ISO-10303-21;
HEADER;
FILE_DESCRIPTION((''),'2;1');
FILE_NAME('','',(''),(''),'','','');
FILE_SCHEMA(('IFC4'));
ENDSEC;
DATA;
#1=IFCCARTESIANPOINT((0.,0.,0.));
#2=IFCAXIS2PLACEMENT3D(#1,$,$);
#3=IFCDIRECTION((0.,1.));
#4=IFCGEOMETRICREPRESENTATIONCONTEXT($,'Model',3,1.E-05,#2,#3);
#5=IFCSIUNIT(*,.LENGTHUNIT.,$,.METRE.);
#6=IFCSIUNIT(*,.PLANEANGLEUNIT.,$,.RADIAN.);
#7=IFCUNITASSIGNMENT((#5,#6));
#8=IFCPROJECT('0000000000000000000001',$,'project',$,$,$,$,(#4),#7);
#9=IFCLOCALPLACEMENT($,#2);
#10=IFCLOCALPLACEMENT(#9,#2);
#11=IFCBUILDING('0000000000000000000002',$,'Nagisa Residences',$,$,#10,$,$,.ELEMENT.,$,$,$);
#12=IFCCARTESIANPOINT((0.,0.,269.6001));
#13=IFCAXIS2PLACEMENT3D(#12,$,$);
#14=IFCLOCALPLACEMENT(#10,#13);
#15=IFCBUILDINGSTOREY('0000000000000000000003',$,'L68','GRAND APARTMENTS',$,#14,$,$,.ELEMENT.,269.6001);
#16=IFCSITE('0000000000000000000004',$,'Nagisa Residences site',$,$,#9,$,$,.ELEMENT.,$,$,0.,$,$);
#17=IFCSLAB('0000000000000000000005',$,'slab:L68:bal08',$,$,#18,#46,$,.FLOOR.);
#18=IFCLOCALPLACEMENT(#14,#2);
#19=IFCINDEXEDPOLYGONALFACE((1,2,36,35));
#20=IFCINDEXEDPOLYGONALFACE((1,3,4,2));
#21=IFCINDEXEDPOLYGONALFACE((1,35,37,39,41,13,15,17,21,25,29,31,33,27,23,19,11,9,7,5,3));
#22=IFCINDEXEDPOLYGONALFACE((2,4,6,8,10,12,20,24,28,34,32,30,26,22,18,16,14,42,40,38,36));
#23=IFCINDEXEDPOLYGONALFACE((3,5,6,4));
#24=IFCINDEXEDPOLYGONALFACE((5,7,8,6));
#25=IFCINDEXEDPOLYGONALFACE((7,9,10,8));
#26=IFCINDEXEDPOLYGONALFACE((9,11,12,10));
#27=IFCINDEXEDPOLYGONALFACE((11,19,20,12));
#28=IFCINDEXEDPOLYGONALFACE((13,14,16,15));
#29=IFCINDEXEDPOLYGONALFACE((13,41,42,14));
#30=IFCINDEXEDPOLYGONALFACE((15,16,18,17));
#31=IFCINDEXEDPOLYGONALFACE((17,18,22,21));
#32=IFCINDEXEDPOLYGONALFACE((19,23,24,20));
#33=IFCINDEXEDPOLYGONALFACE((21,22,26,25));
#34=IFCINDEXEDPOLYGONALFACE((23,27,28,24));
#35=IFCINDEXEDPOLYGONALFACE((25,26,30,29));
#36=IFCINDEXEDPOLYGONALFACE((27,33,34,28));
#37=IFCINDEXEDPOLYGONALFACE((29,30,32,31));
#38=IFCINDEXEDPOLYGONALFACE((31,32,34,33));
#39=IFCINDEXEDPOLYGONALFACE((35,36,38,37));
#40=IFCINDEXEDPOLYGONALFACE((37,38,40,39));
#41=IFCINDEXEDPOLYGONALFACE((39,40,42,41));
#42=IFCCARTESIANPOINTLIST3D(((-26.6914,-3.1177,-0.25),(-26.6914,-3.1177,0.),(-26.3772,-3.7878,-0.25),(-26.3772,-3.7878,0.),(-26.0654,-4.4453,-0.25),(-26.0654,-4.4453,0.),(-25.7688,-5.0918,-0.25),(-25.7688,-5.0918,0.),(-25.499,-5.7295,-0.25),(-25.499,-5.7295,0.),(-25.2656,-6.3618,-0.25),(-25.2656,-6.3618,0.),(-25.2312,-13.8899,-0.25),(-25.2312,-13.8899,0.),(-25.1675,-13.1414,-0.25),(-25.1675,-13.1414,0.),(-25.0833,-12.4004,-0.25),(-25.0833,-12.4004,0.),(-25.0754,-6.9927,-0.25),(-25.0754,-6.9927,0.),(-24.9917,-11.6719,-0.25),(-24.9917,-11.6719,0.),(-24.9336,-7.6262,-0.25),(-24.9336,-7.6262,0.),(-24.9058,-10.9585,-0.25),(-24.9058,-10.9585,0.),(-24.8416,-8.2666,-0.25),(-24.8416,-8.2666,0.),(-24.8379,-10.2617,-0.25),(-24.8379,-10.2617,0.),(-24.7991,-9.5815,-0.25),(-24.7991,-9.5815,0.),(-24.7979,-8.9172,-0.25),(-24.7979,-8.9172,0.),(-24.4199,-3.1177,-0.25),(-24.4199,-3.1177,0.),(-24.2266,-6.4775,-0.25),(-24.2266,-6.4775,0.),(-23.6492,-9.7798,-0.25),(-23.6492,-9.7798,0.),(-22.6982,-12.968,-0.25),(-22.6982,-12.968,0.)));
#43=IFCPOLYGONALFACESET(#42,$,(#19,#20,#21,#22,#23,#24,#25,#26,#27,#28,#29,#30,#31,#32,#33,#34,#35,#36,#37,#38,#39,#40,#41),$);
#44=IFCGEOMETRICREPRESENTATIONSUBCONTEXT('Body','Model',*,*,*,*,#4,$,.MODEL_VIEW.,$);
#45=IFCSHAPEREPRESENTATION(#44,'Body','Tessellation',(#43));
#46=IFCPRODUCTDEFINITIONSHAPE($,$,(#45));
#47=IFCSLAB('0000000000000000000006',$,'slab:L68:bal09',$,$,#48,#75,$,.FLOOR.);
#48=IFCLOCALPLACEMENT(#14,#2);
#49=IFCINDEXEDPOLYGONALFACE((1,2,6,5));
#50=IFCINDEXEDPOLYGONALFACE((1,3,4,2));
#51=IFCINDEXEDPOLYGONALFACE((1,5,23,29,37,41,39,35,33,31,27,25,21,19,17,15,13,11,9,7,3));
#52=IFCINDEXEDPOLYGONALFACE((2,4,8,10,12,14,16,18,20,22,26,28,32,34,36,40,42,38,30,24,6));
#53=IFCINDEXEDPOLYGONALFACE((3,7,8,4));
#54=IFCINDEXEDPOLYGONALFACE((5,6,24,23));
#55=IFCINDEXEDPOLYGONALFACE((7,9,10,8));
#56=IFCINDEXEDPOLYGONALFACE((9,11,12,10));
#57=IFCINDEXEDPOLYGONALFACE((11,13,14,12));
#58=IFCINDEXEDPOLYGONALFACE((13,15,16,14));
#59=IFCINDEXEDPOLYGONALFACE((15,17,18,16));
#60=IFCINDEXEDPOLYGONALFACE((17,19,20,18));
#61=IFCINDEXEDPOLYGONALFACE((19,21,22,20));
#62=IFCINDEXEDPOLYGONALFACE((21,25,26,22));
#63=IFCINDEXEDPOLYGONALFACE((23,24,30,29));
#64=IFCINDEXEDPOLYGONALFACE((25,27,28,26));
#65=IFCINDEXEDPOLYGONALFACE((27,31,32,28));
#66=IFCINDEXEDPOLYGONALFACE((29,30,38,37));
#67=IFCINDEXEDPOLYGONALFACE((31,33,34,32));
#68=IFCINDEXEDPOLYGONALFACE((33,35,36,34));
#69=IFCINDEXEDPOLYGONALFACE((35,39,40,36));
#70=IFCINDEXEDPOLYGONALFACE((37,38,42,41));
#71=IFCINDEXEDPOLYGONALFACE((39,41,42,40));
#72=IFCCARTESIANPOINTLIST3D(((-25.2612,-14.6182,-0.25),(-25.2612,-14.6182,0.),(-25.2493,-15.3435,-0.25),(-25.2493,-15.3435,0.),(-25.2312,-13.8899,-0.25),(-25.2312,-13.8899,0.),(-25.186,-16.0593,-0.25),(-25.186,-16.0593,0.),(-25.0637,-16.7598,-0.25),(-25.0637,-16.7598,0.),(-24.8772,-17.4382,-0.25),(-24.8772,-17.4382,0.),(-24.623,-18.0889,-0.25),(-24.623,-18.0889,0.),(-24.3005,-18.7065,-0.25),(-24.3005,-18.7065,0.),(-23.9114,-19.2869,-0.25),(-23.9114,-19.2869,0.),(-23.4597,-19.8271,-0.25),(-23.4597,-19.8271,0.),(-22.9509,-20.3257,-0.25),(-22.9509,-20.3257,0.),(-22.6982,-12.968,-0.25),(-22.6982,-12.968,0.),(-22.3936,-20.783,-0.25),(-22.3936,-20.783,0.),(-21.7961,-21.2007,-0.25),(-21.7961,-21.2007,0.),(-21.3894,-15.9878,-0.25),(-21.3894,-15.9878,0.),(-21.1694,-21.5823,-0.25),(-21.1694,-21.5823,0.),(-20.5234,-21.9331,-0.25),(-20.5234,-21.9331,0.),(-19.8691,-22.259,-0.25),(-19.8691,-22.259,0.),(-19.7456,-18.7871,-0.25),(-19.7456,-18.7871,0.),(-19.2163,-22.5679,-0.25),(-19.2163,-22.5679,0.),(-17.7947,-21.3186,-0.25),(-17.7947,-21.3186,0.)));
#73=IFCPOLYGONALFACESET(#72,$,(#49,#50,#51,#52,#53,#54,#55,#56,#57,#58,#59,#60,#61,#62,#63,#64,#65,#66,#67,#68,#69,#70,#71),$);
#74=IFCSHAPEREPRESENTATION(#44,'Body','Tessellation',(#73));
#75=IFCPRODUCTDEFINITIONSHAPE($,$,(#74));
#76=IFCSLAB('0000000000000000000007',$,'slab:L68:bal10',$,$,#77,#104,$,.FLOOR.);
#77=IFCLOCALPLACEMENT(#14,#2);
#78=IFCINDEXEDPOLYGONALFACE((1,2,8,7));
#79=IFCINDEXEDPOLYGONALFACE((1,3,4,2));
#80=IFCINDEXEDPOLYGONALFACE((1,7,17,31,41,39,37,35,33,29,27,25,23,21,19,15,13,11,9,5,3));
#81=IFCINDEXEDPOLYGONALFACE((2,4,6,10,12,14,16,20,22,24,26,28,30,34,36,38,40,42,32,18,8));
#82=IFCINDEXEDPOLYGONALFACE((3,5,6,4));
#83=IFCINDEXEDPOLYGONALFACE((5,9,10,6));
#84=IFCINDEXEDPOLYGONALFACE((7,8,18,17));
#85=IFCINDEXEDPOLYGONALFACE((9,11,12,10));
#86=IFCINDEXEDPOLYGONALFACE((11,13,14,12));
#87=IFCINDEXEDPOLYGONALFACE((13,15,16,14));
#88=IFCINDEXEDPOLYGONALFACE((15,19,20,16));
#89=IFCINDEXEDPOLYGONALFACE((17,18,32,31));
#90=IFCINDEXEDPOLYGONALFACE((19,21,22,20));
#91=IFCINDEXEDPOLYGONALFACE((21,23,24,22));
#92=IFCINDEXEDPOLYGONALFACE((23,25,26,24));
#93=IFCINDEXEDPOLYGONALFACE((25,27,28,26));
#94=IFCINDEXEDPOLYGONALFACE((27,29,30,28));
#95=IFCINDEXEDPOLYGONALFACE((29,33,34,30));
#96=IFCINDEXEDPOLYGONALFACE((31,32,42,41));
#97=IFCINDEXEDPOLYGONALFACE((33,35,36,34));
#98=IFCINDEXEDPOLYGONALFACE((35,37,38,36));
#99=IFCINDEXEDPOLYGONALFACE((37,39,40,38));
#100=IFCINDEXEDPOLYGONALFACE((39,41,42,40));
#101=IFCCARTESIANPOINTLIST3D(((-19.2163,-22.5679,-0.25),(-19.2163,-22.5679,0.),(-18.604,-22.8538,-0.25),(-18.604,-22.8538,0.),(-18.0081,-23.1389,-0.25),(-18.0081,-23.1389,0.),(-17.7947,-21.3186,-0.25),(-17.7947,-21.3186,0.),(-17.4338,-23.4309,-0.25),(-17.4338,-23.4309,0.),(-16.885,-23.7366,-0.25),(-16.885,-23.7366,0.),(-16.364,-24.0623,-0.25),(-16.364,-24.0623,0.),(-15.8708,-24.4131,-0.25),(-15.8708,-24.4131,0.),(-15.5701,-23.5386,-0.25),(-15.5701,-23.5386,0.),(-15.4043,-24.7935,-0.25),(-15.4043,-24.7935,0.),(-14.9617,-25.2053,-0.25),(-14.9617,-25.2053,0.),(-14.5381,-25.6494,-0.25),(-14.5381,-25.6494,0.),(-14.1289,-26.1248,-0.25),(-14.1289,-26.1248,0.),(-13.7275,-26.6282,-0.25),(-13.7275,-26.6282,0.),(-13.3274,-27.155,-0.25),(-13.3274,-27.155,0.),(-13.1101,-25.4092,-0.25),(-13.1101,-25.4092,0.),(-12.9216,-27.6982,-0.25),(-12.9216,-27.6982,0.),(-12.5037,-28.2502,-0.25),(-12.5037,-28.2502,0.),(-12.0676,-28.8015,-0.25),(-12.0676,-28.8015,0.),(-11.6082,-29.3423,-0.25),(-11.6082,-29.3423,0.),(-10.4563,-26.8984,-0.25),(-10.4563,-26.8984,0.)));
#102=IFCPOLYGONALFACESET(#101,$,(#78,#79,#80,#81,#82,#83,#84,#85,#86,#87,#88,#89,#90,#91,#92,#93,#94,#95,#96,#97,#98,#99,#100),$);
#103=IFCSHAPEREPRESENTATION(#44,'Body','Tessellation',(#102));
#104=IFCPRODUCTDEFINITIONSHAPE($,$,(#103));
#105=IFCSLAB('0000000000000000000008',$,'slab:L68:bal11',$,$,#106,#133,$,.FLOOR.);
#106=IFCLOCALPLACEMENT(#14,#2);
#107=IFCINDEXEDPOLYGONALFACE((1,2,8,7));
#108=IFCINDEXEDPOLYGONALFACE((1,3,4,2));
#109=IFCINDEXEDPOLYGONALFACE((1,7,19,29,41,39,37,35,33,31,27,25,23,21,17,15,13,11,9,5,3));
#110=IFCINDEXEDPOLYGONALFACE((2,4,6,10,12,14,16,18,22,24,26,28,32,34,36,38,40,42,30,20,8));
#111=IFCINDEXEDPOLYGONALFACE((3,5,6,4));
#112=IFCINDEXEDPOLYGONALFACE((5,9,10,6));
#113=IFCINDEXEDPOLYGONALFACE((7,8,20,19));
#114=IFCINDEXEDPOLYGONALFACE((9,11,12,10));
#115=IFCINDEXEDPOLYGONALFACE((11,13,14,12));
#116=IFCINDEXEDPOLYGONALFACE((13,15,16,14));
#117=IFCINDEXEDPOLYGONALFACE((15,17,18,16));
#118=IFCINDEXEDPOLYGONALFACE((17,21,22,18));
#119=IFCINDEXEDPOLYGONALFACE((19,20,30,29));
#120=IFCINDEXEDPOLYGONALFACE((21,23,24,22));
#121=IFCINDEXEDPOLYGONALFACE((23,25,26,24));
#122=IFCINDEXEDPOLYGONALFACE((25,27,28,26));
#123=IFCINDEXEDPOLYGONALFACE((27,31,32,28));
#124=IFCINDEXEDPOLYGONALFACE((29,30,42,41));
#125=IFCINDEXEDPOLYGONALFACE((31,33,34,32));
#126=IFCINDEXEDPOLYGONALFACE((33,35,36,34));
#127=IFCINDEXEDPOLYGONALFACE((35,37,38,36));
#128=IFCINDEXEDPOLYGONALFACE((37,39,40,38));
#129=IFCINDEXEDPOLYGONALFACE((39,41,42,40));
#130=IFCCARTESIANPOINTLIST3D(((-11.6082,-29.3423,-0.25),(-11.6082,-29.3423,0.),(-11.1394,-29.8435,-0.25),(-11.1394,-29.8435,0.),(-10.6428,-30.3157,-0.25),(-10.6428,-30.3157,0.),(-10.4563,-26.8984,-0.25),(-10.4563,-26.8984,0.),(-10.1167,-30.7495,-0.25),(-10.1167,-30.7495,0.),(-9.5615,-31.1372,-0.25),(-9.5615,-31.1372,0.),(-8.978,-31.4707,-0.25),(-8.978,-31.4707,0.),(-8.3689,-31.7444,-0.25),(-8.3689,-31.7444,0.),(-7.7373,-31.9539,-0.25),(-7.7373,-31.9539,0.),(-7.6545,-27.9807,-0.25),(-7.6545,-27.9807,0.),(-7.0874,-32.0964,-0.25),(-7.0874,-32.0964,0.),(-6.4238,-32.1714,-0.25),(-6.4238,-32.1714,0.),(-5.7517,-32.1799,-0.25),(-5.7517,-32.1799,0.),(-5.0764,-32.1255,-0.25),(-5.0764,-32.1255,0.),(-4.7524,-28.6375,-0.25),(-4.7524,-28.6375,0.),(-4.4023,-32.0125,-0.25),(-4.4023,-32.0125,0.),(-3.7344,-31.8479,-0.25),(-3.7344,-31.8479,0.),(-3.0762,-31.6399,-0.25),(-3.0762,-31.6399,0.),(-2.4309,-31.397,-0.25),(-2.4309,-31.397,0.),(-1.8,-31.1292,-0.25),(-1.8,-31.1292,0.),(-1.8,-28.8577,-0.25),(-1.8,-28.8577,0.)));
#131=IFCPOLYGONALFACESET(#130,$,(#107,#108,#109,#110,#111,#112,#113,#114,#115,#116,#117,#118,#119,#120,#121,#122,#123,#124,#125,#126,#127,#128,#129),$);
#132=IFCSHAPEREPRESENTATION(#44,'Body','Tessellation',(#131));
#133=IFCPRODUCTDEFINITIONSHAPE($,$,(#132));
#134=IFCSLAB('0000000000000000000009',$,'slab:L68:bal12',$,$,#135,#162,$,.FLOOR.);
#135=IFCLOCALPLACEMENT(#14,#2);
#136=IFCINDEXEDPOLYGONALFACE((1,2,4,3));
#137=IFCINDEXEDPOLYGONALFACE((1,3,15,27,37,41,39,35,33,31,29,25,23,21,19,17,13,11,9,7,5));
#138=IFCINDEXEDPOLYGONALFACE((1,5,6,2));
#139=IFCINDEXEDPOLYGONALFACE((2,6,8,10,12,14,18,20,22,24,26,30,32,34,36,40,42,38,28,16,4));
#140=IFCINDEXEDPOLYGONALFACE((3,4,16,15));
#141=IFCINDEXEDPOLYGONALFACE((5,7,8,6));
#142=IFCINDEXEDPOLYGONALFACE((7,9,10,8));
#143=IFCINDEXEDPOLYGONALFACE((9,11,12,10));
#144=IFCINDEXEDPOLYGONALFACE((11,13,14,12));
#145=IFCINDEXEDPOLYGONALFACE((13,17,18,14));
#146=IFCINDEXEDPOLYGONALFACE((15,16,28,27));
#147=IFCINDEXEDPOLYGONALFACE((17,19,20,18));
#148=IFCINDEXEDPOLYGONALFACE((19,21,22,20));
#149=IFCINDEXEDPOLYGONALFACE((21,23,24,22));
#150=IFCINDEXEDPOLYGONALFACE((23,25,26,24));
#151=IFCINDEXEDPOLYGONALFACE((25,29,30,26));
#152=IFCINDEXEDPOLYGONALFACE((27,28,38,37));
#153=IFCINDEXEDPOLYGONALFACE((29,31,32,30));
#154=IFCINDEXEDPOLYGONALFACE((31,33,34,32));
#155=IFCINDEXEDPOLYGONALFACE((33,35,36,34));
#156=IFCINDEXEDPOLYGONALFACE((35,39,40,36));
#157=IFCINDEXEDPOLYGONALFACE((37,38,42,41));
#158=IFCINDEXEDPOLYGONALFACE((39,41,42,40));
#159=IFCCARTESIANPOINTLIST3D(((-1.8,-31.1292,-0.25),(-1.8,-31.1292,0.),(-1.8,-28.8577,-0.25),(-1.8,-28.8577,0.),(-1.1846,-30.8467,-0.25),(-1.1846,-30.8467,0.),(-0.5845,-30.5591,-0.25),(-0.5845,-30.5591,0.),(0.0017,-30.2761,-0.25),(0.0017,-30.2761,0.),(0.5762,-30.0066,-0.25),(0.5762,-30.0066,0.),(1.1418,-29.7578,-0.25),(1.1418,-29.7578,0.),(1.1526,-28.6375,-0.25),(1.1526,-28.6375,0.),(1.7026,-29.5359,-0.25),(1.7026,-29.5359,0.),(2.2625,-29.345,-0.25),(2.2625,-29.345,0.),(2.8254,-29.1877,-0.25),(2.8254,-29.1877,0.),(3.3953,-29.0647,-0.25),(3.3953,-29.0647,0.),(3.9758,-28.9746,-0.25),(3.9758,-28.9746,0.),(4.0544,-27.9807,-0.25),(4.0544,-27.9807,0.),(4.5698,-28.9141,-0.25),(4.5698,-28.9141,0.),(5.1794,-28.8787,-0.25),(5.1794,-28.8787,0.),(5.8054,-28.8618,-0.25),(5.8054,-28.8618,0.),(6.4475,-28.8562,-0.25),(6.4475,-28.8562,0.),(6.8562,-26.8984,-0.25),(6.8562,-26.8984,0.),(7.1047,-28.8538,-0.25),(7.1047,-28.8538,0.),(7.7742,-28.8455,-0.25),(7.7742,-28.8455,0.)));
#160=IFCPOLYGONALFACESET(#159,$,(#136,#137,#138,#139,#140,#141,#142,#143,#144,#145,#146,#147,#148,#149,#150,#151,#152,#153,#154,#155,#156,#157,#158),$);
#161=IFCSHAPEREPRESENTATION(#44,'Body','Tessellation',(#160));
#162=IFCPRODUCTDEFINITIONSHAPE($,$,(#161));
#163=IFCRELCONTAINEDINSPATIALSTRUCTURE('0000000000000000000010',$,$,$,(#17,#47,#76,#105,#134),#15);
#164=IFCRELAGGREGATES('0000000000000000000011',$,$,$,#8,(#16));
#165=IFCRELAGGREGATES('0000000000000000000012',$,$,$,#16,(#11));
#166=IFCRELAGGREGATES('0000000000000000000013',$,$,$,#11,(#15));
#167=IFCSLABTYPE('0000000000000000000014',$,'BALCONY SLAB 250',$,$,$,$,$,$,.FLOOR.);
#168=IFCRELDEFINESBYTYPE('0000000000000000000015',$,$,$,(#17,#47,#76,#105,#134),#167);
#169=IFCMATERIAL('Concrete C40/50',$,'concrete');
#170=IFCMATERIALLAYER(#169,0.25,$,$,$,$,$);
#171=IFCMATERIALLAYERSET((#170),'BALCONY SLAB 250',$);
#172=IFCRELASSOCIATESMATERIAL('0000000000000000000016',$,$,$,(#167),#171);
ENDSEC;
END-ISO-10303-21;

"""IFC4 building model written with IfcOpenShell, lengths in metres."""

from ifc_helpers import new_model, si_unit, direction, frame, origin, place, context, subcontext, project, spatial, polyline, outline, extrude, material, layer, layer_set, type_object, element, save


model = new_model("IFC4")

# Units and contexts
model_context = context("Model", 3, precision=1e-05, world=origin(), true_north=direction((0.0, 1.0)))
body_context = subcontext(model_context, "Body", "Model", "MODEL_VIEW")
ifc_project = project(units=[si_unit("LENGTHUNIT", "METRE"), si_unit("PLANEANGLEUNIT", "RADIAN")], contexts=[model_context])

# Site, building, storey
site_placement = place(None, origin())
site = spatial("IfcSite", under=ifc_project, at=site_placement, Name="Nagisa Residences site", CompositionType="ELEMENT", RefElevation=0.0)
building_placement = place(site_placement, origin())
building = spatial("IfcBuilding", under=site, at=building_placement, Name="Nagisa Residences", CompositionType="ELEMENT")
storey_placement = place(building_placement, frame((0.0, 0.0, 269.6001)))
storey = spatial("IfcBuildingStorey", under=building, at=storey_placement, Name="L68", Description="GRAND APARTMENTS", CompositionType="ELEMENT", Elevation=269.6001)

# Slabs
ifc_material_1 = material(Name="Concrete C40/50", Category="concrete")
ifc_layer_1 = layer(ifc_material_1, 0.25)
ifc_layer_set_1 = layer_set([ifc_layer_1], Name="BALCONY SLAB 250")
slab_type = type_object("IfcSlabType", Name="BALCONY SLAB 250", PredefinedType="FLOOR", material=ifc_layer_set_1)
slab_1_placement = place(storey_placement, frame((0.0, 0.0, -0.25)))
element("IfcSlab", 1, at=slab_1_placement, inside=storey, type_object=slab_type, Name="slab:L68:bal08", PredefinedType="FLOOR", context=body_context, shape_type="SweptSolid", body=[
    extrude(outline(polyline([(-26.6914, -3.1177), (-26.3772, -3.7878), (-26.0654, -4.4453), (-25.7688, -5.0918), (-25.499, -5.7295), (-25.2656, -6.3618), (-25.0754, -6.9927), (-24.9336, -7.6262), (-24.8416, -8.2666), (-24.7979, -8.9172), (-24.7991, -9.5815), (-24.8379, -10.2617), (-24.9058, -10.9585), (-24.9917, -11.6719), (-25.0833, -12.4004), (-25.1675, -13.1414), (-25.2312, -13.8899), (-22.6982, -12.968), (-23.6492, -9.7798), (-24.2266, -6.4775), (-24.4199, -3.1177), (-26.6914, -3.1177)])), origin(), (0.0, 0.0, 1.0), 0.25),
])
slab_2_placement = place(storey_placement, frame((0.0, 0.0, -0.25)))
element("IfcSlab", 2, at=slab_2_placement, inside=storey, type_object=slab_type, Name="slab:L68:bal09", PredefinedType="FLOOR", context=body_context, shape_type="SweptSolid", body=[
    extrude(outline(polyline([(-25.2312, -13.8899), (-25.2612, -14.6182), (-25.2493, -15.3435), (-25.186, -16.0593), (-25.0637, -16.7598), (-24.8772, -17.4382), (-24.623, -18.0889), (-24.3005, -18.7065), (-23.9114, -19.2869), (-23.4597, -19.8271), (-22.9509, -20.3257), (-22.3936, -20.783), (-21.7961, -21.2007), (-21.1694, -21.5823), (-20.5234, -21.9331), (-19.8691, -22.259), (-19.2163, -22.5679), (-17.7947, -21.3186), (-19.7456, -18.7871), (-21.3894, -15.9878), (-22.6982, -12.968), (-25.2312, -13.8899)])), origin(), (0.0, 0.0, 1.0), 0.25),
])
slab_3_placement = place(storey_placement, frame((0.0, 0.0, -0.25)))
element("IfcSlab", 3, at=slab_3_placement, inside=storey, type_object=slab_type, Name="slab:L68:bal10", PredefinedType="FLOOR", context=body_context, shape_type="SweptSolid", body=[
    extrude(outline(polyline([(-19.2163, -22.5679), (-18.604, -22.8538), (-18.0081, -23.1389), (-17.4338, -23.4309), (-16.885, -23.7366), (-16.364, -24.0623), (-15.8708, -24.4131), (-15.4043, -24.7935), (-14.9617, -25.2053), (-14.5381, -25.6494), (-14.1289, -26.1248), (-13.7275, -26.6282), (-13.3274, -27.155), (-12.9216, -27.6982), (-12.5037, -28.2502), (-12.0676, -28.8015), (-11.6082, -29.3423), (-10.4563, -26.8984), (-13.1101, -25.4092), (-15.5701, -23.5386), (-17.7947, -21.3186), (-19.2163, -22.5679)])), origin(), (0.0, 0.0, 1.0), 0.25),
])
slab_4_placement = place(storey_placement, frame((0.0, 0.0, -0.25)))
element("IfcSlab", 4, at=slab_4_placement, inside=storey, type_object=slab_type, Name="slab:L68:bal11", PredefinedType="FLOOR", context=body_context, shape_type="SweptSolid", body=[
    extrude(outline(polyline([(-11.6082, -29.3423), (-11.1394, -29.8435), (-10.6428, -30.3157), (-10.1167, -30.7495), (-9.5615, -31.1372), (-8.978, -31.4707), (-8.3689, -31.7444), (-7.7373, -31.9539), (-7.0874, -32.0964), (-6.4238, -32.1714), (-5.7517, -32.1799), (-5.0764, -32.1255), (-4.4023, -32.0125), (-3.7344, -31.8479), (-3.0762, -31.6399), (-2.4309, -31.397), (-1.8, -31.1292), (-1.8, -28.8577), (-4.7524, -28.6375), (-7.6545, -27.9807), (-10.4563, -26.8984), (-11.6082, -29.3423)])), origin(), (0.0, 0.0, 1.0), 0.25),
])
slab_5_placement = place(storey_placement, frame((0.0, 0.0, -0.25)))
element("IfcSlab", 5, at=slab_5_placement, inside=storey, type_object=slab_type, Name="slab:L68:bal12", PredefinedType="FLOOR", context=body_context, shape_type="SweptSolid", body=[
    extrude(outline(polyline([(-1.8, -31.1292), (-1.1846, -30.8467), (-0.5845, -30.5591), (0.0017, -30.2761), (0.5762, -30.0066), (1.1418, -29.7578), (1.7026, -29.5359), (2.2625, -29.345), (2.8254, -29.1877), (3.3953, -29.0647), (3.9758, -28.9746), (4.5698, -28.9141), (5.1794, -28.8787), (5.8054, -28.8618), (6.4475, -28.8562), (7.1047, -28.8538), (7.7742, -28.8455), (6.8562, -26.8984), (4.0544, -27.9807), (1.1526, -28.6375), (-1.8, -28.8577), (-1.8, -31.1292)])), origin(), (0.0, 0.0, 1.0), 0.25),
])

save(model, "model.ifc")
